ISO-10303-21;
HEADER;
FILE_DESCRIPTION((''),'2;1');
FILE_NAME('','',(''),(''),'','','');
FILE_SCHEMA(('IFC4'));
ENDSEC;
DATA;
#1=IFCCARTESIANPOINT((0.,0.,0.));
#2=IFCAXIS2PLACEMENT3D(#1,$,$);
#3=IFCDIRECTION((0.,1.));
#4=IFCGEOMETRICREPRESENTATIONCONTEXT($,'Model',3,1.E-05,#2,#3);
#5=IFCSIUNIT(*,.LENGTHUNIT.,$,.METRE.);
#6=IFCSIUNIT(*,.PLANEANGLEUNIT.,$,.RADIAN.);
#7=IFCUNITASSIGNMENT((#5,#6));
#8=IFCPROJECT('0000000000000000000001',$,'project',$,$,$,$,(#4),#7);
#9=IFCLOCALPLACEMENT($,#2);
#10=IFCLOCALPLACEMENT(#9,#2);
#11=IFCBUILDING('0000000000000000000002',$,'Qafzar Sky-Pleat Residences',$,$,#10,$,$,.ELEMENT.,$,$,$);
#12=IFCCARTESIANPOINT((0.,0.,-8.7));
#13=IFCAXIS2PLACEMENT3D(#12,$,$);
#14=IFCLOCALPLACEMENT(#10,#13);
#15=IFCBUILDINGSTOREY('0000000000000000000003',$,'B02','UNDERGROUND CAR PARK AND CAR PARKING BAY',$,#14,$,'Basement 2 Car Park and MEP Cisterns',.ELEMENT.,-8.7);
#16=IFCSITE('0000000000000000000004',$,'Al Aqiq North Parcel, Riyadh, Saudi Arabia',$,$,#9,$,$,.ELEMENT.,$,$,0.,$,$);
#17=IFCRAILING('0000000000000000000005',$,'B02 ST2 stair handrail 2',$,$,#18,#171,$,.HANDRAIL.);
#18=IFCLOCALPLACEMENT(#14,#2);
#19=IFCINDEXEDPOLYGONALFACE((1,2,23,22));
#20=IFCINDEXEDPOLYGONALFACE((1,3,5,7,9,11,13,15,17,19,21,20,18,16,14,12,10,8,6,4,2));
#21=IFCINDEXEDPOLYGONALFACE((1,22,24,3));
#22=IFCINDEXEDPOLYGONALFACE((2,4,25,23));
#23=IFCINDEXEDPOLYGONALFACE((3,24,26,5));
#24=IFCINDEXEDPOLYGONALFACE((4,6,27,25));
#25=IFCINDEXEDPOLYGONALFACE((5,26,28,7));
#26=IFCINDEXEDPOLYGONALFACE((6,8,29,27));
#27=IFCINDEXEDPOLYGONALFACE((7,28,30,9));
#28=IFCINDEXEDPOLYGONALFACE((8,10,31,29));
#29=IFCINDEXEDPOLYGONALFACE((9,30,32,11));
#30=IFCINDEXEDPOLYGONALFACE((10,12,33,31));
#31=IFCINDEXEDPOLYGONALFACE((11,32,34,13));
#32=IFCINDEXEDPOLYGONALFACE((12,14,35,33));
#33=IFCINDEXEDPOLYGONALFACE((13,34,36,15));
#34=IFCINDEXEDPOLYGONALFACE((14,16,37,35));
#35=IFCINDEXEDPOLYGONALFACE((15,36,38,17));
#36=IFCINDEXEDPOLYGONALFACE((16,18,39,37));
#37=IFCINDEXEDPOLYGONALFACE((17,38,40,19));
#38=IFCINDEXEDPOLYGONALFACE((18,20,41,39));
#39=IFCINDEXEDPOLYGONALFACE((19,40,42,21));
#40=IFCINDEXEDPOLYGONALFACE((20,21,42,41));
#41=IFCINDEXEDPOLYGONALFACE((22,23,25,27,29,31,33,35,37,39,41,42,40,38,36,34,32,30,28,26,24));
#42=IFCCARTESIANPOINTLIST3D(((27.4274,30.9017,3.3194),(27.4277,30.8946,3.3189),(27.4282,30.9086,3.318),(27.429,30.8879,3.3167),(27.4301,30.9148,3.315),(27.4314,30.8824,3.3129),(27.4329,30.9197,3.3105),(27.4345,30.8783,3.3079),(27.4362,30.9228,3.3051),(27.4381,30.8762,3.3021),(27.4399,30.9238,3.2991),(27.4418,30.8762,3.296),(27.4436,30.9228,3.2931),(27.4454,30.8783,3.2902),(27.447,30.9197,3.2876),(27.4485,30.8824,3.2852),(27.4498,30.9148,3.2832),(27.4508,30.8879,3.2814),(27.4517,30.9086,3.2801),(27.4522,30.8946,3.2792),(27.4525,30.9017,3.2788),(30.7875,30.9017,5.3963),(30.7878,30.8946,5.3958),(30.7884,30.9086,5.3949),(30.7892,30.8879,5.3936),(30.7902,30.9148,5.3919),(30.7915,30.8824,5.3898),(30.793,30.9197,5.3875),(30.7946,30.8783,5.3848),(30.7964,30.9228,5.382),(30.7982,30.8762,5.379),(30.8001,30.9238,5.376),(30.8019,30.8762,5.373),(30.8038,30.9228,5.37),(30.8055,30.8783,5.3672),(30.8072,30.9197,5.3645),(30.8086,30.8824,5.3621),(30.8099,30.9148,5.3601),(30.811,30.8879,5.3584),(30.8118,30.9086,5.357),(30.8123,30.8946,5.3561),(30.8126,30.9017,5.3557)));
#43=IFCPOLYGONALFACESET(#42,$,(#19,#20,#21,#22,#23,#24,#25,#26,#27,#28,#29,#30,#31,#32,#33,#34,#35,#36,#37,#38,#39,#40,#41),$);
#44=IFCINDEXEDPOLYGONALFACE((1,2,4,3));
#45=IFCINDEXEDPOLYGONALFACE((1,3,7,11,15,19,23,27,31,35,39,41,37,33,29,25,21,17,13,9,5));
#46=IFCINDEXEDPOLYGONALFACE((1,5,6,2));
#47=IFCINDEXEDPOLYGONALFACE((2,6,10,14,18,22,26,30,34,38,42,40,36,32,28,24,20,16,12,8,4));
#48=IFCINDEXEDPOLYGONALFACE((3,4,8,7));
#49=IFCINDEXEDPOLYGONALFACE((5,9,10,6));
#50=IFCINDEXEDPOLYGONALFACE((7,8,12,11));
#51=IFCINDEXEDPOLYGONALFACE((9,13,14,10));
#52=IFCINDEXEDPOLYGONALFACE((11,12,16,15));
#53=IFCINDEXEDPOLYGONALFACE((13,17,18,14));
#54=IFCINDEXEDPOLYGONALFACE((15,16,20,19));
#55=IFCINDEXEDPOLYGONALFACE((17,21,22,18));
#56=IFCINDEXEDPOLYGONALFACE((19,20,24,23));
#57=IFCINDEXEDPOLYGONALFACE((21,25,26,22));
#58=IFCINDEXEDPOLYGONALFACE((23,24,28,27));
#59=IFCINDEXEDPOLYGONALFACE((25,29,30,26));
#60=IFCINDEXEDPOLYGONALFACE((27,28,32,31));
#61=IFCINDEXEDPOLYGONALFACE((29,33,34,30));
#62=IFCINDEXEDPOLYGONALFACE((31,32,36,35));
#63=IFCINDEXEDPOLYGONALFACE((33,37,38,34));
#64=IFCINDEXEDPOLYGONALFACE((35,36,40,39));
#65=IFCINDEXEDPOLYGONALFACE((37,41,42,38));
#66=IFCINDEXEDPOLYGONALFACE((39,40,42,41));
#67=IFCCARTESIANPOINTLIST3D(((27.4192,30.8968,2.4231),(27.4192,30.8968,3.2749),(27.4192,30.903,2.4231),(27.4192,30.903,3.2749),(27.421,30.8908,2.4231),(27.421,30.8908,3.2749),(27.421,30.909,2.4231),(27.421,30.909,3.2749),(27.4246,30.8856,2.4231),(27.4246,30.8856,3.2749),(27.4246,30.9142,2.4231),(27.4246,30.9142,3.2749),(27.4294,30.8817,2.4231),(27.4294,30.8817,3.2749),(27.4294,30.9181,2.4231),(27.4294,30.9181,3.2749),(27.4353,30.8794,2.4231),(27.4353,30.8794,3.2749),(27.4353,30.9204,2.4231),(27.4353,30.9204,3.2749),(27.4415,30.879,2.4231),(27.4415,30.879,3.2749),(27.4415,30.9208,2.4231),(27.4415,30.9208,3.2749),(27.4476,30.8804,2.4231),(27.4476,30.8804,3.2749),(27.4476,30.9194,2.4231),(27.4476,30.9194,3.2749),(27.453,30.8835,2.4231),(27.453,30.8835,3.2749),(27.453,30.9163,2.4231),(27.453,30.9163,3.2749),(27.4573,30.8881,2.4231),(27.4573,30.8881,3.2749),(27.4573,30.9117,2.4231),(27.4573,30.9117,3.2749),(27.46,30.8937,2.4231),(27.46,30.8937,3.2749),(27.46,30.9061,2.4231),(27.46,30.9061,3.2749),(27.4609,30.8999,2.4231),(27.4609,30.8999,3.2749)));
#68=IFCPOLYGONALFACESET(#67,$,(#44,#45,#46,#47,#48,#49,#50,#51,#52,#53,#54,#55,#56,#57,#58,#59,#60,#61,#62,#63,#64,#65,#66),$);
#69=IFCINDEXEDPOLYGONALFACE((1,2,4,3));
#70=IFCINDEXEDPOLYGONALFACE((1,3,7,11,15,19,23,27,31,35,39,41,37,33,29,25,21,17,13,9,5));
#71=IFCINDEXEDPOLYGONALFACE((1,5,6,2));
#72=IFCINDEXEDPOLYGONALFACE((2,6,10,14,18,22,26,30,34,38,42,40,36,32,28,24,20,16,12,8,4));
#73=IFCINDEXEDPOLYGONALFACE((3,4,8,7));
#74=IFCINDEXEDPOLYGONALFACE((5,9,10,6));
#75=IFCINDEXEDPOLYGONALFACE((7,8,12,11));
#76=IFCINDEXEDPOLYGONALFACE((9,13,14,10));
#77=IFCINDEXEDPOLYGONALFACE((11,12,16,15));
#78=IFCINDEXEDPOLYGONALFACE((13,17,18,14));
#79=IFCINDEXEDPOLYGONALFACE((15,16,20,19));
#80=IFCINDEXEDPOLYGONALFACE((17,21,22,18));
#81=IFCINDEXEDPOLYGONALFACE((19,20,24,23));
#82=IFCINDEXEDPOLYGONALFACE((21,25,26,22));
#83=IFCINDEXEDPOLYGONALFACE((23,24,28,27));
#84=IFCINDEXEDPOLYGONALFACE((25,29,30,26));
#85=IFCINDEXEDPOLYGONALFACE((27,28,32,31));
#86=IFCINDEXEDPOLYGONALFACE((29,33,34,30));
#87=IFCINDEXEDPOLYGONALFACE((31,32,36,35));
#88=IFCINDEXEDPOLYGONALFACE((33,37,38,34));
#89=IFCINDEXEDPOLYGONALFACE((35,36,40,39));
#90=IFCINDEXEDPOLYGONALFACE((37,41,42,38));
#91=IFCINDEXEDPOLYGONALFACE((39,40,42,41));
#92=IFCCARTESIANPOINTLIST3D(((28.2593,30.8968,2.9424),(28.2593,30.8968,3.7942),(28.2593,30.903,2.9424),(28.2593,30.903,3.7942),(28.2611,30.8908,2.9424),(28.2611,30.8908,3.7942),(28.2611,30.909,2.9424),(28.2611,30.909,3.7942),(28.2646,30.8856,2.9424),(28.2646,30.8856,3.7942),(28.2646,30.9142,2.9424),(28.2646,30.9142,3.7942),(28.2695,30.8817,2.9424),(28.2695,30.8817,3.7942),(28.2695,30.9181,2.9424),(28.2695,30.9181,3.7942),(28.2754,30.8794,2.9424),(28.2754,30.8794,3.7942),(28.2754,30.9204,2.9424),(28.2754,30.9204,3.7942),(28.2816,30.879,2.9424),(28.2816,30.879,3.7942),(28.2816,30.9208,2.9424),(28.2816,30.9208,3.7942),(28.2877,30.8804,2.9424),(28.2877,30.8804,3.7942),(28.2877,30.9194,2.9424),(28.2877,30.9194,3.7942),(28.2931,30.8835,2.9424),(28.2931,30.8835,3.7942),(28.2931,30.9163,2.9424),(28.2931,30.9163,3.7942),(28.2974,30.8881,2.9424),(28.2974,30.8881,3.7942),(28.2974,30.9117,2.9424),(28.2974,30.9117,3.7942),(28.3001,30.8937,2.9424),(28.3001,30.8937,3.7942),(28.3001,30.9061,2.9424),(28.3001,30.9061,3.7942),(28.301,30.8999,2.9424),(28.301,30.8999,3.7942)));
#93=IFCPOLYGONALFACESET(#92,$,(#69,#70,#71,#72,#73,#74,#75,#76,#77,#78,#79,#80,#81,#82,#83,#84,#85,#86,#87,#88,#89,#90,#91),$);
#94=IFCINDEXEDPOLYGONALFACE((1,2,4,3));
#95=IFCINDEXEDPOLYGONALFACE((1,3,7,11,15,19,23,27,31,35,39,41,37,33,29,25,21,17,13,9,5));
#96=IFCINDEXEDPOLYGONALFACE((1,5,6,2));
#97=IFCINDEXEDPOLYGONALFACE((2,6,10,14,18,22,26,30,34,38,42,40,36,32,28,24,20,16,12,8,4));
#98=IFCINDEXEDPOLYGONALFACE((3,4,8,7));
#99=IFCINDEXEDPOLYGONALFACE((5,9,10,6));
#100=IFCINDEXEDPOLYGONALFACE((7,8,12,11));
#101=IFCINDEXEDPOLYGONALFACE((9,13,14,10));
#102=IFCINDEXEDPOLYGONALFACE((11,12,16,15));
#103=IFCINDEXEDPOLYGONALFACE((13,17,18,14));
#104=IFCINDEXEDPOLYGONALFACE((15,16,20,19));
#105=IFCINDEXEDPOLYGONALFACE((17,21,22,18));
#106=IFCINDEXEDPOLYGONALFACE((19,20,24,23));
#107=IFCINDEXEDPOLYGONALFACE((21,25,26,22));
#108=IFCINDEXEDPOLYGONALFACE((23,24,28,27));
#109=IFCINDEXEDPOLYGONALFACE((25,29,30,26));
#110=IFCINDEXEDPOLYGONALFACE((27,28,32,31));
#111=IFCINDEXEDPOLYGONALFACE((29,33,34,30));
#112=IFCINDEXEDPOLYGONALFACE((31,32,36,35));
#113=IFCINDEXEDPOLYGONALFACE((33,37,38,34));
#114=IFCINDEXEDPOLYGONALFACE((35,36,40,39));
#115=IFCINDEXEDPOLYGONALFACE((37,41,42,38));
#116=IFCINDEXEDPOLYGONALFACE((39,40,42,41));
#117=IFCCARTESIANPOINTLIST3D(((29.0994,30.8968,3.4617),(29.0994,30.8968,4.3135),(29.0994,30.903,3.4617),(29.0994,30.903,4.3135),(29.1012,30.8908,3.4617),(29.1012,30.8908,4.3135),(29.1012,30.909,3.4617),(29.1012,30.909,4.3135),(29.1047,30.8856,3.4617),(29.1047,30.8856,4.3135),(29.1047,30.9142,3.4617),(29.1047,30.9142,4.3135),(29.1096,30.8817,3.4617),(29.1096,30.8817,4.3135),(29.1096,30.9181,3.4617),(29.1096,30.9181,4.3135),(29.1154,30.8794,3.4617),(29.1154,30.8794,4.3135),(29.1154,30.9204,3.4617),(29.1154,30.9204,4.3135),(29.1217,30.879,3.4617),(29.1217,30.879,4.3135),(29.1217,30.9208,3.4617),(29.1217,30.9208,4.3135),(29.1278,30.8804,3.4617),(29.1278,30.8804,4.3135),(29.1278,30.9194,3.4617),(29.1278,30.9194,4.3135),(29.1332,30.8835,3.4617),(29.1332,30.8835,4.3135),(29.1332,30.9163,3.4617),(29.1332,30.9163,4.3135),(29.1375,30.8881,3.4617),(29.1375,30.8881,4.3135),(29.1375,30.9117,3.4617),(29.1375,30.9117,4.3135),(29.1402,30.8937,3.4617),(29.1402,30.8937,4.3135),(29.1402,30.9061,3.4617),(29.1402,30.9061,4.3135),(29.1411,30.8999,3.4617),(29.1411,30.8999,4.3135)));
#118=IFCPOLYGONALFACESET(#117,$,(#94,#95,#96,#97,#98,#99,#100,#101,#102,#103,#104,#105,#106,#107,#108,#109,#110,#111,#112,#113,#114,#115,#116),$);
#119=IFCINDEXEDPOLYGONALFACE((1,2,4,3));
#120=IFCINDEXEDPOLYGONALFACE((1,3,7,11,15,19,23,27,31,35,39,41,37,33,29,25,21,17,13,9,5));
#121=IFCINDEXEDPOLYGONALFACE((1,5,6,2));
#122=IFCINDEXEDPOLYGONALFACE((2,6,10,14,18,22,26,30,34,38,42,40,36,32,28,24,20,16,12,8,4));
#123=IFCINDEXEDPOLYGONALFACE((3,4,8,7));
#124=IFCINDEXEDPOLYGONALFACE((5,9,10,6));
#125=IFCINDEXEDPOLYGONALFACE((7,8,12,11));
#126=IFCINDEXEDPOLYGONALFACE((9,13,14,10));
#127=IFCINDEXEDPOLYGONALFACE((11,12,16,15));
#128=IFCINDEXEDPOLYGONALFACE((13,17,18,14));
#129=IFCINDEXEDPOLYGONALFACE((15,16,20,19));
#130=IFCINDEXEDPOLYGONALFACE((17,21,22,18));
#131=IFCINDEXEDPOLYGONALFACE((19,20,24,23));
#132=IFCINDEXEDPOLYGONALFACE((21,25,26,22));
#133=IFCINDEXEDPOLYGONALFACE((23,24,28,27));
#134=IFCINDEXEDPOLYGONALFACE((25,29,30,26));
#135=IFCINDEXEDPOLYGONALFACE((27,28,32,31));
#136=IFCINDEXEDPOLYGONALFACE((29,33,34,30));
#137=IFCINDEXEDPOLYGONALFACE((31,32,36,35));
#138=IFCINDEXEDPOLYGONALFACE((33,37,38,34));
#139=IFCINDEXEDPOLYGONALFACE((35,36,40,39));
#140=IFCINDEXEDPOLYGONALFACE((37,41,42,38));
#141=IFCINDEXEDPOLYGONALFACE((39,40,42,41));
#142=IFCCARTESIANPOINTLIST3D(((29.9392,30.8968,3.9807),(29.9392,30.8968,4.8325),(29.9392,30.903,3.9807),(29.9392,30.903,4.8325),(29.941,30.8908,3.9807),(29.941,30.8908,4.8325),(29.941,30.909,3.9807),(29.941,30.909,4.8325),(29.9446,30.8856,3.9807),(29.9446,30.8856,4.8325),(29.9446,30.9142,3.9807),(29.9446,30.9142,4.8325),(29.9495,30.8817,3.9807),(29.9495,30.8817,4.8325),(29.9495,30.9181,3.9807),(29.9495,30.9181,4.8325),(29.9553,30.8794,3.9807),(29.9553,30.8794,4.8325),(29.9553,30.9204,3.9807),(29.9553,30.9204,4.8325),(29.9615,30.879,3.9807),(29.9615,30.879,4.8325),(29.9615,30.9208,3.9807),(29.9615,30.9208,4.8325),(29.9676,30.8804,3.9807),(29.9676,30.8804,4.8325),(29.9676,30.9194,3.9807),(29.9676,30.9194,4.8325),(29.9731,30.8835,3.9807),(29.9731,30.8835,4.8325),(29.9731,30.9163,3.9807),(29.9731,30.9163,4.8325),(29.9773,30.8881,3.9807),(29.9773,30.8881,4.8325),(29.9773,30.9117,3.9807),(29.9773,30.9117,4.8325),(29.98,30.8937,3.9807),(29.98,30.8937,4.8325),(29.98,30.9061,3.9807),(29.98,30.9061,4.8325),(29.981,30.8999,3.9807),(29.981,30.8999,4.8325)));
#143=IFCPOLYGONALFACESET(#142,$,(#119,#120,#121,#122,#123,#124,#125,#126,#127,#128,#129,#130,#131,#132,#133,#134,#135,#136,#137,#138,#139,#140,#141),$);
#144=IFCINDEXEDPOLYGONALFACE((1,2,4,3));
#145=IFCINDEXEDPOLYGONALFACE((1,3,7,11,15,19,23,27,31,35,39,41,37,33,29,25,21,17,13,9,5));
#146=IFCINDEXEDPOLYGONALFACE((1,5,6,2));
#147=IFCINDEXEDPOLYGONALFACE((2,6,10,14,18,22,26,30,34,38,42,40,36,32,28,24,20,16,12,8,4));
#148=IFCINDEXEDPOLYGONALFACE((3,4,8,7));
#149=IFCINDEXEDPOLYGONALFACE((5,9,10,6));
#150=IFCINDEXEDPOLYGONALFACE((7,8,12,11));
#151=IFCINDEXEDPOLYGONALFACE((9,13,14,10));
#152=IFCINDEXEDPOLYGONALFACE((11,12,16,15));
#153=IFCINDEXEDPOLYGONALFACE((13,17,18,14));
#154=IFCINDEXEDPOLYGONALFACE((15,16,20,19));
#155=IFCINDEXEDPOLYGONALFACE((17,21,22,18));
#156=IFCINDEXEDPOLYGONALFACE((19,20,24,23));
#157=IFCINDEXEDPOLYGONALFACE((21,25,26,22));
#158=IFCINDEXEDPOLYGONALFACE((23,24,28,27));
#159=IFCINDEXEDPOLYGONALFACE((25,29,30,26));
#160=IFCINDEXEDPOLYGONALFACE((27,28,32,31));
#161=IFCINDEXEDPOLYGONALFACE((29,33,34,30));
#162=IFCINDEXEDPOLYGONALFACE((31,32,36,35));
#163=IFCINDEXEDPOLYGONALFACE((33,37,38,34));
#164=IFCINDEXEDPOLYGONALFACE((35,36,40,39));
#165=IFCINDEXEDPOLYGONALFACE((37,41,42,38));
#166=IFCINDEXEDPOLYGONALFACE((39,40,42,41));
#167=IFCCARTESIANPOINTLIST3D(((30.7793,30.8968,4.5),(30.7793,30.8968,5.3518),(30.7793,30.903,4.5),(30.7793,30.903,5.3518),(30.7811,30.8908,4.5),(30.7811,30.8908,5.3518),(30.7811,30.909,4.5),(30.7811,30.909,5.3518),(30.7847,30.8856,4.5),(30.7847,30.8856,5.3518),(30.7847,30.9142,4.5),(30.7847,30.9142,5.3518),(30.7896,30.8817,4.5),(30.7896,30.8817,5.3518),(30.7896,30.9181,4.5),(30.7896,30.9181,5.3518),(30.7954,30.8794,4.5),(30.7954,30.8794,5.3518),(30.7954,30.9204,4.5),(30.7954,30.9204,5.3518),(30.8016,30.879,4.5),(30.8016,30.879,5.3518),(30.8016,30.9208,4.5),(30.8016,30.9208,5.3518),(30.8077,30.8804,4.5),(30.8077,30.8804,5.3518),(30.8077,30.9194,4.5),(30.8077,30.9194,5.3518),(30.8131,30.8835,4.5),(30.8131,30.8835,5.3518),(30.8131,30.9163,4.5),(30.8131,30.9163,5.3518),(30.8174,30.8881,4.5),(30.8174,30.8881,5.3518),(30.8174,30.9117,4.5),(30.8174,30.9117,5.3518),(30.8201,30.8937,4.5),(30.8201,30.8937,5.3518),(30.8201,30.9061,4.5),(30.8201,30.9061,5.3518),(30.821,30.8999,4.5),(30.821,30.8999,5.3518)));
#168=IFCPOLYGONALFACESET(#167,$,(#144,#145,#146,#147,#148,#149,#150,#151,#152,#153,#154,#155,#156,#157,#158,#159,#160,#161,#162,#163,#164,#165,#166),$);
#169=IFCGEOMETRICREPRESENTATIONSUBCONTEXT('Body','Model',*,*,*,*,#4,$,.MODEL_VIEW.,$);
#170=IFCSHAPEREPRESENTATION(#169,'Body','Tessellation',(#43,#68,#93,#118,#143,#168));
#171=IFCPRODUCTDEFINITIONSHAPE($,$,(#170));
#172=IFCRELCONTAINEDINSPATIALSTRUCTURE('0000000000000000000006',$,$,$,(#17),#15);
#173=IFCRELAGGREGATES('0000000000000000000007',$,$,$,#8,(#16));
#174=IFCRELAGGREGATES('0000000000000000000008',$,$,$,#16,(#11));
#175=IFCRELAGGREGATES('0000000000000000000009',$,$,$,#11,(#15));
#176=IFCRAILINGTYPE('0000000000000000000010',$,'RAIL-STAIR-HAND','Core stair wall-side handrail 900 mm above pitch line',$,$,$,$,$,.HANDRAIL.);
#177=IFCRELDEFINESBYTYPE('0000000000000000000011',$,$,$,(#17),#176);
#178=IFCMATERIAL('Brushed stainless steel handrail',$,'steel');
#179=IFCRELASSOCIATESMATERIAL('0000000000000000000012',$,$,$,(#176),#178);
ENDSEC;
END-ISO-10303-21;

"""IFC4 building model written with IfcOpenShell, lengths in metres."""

from ifc_helpers import new_model, si_unit, direction, frame, origin, origin_2d, place, context, subcontext, project, spatial, circle, extrude, source, transform, mapped, material, type_object, element, save


model = new_model("IFC4")

# Units and contexts
model_context = context("Model", 3, precision=1e-05, world=origin(), true_north=direction((0.0, 1.0)))
body_context = subcontext(model_context, "Body", "Model", "MODEL_VIEW")
ifc_project = project(units=[si_unit("LENGTHUNIT", "METRE"), si_unit("PLANEANGLEUNIT", "RADIAN")], contexts=[model_context])

# Site, building, storey
site_placement = place(None, origin())
site = spatial("IfcSite", under=ifc_project, at=site_placement, Name="Al Aqiq North Parcel, Riyadh, Saudi Arabia", CompositionType="ELEMENT", RefElevation=0.0)
building_placement = place(site_placement, origin())
building = spatial("IfcBuilding", under=site, at=building_placement, Name="Qafzar Sky-Pleat Residences", CompositionType="ELEMENT")
storey_placement = place(building_placement, frame((0.0, 0.0, -8.7)))
storey = spatial("IfcBuildingStorey", under=building, at=storey_placement, Name="B02", Description="UNDERGROUND CAR PARK AND CAR PARKING BAY", LongName="Basement 2 Car Park and MEP Cisterns", CompositionType="ELEMENT", Elevation=-8.7)

# Railing
ifc_material_1 = material(Name="Brushed stainless steel handrail", Category="steel")
railing_type_1 = type_object("IfcRailingType", Name="RAIL-STAIR-HAND", Description="Core stair wall-side handrail 900 mm above pitch line", PredefinedType="HANDRAIL", material=ifc_material_1)
shared_shape_1 = source(origin(), body_context, "Body", "SweptSolid", [
    extrude(circle(Radius=0.0239, at=origin_2d()), frame((0.0, 0.0, 0.876), z_axis=(0.850623, 0.0, 0.525776), x_axis=(0.0, 1.0, 0.0)), (0.0, 0.0, 1.0), 3.9502),
    extrude(circle(Radius=0.021, at=origin_2d()), origin(), (0.0, 0.0, 1.0), 0.8518),
    extrude(circle(Radius=0.021, at=origin_2d()), frame((0.8401, 0.0, 0.5193)), (0.0, 0.0, 1.0), 0.8518),
    extrude(circle(Radius=0.021, at=origin_2d()), frame((1.6802, 0.0, 1.0386)), (0.0, 0.0, 1.0), 0.8518),
    extrude(circle(Radius=0.021, at=origin_2d()), frame((2.52, 0.0, 1.5576)), (0.0, 0.0, 1.0), 0.8518),
    extrude(circle(Radius=0.021, at=origin_2d()), frame((3.3601, 0.0, 2.0769)), (0.0, 0.0, 1.0), 0.8518),
])
railing_1_placement = place(storey_placement, frame((27.4399, 30.8999, 2.4231)))
element("IfcRailing", 1, at=railing_1_placement, inside=storey, type_object=railing_type_1, Name="B02 ST2 stair handrail 2", PredefinedType="HANDRAIL", context=body_context, shape_type="MappedRepresentation", body=[
    mapped(shared_shape_1, transform((0.0, 0.0, 0.0), x_axis=(1.0, 0.0, 0.0), y_axis=(0.0, 1.0, 0.0), z_axis=(0.0, 0.0, 1.0), scale=1.0)),
])

save(model, "model.ifc")
